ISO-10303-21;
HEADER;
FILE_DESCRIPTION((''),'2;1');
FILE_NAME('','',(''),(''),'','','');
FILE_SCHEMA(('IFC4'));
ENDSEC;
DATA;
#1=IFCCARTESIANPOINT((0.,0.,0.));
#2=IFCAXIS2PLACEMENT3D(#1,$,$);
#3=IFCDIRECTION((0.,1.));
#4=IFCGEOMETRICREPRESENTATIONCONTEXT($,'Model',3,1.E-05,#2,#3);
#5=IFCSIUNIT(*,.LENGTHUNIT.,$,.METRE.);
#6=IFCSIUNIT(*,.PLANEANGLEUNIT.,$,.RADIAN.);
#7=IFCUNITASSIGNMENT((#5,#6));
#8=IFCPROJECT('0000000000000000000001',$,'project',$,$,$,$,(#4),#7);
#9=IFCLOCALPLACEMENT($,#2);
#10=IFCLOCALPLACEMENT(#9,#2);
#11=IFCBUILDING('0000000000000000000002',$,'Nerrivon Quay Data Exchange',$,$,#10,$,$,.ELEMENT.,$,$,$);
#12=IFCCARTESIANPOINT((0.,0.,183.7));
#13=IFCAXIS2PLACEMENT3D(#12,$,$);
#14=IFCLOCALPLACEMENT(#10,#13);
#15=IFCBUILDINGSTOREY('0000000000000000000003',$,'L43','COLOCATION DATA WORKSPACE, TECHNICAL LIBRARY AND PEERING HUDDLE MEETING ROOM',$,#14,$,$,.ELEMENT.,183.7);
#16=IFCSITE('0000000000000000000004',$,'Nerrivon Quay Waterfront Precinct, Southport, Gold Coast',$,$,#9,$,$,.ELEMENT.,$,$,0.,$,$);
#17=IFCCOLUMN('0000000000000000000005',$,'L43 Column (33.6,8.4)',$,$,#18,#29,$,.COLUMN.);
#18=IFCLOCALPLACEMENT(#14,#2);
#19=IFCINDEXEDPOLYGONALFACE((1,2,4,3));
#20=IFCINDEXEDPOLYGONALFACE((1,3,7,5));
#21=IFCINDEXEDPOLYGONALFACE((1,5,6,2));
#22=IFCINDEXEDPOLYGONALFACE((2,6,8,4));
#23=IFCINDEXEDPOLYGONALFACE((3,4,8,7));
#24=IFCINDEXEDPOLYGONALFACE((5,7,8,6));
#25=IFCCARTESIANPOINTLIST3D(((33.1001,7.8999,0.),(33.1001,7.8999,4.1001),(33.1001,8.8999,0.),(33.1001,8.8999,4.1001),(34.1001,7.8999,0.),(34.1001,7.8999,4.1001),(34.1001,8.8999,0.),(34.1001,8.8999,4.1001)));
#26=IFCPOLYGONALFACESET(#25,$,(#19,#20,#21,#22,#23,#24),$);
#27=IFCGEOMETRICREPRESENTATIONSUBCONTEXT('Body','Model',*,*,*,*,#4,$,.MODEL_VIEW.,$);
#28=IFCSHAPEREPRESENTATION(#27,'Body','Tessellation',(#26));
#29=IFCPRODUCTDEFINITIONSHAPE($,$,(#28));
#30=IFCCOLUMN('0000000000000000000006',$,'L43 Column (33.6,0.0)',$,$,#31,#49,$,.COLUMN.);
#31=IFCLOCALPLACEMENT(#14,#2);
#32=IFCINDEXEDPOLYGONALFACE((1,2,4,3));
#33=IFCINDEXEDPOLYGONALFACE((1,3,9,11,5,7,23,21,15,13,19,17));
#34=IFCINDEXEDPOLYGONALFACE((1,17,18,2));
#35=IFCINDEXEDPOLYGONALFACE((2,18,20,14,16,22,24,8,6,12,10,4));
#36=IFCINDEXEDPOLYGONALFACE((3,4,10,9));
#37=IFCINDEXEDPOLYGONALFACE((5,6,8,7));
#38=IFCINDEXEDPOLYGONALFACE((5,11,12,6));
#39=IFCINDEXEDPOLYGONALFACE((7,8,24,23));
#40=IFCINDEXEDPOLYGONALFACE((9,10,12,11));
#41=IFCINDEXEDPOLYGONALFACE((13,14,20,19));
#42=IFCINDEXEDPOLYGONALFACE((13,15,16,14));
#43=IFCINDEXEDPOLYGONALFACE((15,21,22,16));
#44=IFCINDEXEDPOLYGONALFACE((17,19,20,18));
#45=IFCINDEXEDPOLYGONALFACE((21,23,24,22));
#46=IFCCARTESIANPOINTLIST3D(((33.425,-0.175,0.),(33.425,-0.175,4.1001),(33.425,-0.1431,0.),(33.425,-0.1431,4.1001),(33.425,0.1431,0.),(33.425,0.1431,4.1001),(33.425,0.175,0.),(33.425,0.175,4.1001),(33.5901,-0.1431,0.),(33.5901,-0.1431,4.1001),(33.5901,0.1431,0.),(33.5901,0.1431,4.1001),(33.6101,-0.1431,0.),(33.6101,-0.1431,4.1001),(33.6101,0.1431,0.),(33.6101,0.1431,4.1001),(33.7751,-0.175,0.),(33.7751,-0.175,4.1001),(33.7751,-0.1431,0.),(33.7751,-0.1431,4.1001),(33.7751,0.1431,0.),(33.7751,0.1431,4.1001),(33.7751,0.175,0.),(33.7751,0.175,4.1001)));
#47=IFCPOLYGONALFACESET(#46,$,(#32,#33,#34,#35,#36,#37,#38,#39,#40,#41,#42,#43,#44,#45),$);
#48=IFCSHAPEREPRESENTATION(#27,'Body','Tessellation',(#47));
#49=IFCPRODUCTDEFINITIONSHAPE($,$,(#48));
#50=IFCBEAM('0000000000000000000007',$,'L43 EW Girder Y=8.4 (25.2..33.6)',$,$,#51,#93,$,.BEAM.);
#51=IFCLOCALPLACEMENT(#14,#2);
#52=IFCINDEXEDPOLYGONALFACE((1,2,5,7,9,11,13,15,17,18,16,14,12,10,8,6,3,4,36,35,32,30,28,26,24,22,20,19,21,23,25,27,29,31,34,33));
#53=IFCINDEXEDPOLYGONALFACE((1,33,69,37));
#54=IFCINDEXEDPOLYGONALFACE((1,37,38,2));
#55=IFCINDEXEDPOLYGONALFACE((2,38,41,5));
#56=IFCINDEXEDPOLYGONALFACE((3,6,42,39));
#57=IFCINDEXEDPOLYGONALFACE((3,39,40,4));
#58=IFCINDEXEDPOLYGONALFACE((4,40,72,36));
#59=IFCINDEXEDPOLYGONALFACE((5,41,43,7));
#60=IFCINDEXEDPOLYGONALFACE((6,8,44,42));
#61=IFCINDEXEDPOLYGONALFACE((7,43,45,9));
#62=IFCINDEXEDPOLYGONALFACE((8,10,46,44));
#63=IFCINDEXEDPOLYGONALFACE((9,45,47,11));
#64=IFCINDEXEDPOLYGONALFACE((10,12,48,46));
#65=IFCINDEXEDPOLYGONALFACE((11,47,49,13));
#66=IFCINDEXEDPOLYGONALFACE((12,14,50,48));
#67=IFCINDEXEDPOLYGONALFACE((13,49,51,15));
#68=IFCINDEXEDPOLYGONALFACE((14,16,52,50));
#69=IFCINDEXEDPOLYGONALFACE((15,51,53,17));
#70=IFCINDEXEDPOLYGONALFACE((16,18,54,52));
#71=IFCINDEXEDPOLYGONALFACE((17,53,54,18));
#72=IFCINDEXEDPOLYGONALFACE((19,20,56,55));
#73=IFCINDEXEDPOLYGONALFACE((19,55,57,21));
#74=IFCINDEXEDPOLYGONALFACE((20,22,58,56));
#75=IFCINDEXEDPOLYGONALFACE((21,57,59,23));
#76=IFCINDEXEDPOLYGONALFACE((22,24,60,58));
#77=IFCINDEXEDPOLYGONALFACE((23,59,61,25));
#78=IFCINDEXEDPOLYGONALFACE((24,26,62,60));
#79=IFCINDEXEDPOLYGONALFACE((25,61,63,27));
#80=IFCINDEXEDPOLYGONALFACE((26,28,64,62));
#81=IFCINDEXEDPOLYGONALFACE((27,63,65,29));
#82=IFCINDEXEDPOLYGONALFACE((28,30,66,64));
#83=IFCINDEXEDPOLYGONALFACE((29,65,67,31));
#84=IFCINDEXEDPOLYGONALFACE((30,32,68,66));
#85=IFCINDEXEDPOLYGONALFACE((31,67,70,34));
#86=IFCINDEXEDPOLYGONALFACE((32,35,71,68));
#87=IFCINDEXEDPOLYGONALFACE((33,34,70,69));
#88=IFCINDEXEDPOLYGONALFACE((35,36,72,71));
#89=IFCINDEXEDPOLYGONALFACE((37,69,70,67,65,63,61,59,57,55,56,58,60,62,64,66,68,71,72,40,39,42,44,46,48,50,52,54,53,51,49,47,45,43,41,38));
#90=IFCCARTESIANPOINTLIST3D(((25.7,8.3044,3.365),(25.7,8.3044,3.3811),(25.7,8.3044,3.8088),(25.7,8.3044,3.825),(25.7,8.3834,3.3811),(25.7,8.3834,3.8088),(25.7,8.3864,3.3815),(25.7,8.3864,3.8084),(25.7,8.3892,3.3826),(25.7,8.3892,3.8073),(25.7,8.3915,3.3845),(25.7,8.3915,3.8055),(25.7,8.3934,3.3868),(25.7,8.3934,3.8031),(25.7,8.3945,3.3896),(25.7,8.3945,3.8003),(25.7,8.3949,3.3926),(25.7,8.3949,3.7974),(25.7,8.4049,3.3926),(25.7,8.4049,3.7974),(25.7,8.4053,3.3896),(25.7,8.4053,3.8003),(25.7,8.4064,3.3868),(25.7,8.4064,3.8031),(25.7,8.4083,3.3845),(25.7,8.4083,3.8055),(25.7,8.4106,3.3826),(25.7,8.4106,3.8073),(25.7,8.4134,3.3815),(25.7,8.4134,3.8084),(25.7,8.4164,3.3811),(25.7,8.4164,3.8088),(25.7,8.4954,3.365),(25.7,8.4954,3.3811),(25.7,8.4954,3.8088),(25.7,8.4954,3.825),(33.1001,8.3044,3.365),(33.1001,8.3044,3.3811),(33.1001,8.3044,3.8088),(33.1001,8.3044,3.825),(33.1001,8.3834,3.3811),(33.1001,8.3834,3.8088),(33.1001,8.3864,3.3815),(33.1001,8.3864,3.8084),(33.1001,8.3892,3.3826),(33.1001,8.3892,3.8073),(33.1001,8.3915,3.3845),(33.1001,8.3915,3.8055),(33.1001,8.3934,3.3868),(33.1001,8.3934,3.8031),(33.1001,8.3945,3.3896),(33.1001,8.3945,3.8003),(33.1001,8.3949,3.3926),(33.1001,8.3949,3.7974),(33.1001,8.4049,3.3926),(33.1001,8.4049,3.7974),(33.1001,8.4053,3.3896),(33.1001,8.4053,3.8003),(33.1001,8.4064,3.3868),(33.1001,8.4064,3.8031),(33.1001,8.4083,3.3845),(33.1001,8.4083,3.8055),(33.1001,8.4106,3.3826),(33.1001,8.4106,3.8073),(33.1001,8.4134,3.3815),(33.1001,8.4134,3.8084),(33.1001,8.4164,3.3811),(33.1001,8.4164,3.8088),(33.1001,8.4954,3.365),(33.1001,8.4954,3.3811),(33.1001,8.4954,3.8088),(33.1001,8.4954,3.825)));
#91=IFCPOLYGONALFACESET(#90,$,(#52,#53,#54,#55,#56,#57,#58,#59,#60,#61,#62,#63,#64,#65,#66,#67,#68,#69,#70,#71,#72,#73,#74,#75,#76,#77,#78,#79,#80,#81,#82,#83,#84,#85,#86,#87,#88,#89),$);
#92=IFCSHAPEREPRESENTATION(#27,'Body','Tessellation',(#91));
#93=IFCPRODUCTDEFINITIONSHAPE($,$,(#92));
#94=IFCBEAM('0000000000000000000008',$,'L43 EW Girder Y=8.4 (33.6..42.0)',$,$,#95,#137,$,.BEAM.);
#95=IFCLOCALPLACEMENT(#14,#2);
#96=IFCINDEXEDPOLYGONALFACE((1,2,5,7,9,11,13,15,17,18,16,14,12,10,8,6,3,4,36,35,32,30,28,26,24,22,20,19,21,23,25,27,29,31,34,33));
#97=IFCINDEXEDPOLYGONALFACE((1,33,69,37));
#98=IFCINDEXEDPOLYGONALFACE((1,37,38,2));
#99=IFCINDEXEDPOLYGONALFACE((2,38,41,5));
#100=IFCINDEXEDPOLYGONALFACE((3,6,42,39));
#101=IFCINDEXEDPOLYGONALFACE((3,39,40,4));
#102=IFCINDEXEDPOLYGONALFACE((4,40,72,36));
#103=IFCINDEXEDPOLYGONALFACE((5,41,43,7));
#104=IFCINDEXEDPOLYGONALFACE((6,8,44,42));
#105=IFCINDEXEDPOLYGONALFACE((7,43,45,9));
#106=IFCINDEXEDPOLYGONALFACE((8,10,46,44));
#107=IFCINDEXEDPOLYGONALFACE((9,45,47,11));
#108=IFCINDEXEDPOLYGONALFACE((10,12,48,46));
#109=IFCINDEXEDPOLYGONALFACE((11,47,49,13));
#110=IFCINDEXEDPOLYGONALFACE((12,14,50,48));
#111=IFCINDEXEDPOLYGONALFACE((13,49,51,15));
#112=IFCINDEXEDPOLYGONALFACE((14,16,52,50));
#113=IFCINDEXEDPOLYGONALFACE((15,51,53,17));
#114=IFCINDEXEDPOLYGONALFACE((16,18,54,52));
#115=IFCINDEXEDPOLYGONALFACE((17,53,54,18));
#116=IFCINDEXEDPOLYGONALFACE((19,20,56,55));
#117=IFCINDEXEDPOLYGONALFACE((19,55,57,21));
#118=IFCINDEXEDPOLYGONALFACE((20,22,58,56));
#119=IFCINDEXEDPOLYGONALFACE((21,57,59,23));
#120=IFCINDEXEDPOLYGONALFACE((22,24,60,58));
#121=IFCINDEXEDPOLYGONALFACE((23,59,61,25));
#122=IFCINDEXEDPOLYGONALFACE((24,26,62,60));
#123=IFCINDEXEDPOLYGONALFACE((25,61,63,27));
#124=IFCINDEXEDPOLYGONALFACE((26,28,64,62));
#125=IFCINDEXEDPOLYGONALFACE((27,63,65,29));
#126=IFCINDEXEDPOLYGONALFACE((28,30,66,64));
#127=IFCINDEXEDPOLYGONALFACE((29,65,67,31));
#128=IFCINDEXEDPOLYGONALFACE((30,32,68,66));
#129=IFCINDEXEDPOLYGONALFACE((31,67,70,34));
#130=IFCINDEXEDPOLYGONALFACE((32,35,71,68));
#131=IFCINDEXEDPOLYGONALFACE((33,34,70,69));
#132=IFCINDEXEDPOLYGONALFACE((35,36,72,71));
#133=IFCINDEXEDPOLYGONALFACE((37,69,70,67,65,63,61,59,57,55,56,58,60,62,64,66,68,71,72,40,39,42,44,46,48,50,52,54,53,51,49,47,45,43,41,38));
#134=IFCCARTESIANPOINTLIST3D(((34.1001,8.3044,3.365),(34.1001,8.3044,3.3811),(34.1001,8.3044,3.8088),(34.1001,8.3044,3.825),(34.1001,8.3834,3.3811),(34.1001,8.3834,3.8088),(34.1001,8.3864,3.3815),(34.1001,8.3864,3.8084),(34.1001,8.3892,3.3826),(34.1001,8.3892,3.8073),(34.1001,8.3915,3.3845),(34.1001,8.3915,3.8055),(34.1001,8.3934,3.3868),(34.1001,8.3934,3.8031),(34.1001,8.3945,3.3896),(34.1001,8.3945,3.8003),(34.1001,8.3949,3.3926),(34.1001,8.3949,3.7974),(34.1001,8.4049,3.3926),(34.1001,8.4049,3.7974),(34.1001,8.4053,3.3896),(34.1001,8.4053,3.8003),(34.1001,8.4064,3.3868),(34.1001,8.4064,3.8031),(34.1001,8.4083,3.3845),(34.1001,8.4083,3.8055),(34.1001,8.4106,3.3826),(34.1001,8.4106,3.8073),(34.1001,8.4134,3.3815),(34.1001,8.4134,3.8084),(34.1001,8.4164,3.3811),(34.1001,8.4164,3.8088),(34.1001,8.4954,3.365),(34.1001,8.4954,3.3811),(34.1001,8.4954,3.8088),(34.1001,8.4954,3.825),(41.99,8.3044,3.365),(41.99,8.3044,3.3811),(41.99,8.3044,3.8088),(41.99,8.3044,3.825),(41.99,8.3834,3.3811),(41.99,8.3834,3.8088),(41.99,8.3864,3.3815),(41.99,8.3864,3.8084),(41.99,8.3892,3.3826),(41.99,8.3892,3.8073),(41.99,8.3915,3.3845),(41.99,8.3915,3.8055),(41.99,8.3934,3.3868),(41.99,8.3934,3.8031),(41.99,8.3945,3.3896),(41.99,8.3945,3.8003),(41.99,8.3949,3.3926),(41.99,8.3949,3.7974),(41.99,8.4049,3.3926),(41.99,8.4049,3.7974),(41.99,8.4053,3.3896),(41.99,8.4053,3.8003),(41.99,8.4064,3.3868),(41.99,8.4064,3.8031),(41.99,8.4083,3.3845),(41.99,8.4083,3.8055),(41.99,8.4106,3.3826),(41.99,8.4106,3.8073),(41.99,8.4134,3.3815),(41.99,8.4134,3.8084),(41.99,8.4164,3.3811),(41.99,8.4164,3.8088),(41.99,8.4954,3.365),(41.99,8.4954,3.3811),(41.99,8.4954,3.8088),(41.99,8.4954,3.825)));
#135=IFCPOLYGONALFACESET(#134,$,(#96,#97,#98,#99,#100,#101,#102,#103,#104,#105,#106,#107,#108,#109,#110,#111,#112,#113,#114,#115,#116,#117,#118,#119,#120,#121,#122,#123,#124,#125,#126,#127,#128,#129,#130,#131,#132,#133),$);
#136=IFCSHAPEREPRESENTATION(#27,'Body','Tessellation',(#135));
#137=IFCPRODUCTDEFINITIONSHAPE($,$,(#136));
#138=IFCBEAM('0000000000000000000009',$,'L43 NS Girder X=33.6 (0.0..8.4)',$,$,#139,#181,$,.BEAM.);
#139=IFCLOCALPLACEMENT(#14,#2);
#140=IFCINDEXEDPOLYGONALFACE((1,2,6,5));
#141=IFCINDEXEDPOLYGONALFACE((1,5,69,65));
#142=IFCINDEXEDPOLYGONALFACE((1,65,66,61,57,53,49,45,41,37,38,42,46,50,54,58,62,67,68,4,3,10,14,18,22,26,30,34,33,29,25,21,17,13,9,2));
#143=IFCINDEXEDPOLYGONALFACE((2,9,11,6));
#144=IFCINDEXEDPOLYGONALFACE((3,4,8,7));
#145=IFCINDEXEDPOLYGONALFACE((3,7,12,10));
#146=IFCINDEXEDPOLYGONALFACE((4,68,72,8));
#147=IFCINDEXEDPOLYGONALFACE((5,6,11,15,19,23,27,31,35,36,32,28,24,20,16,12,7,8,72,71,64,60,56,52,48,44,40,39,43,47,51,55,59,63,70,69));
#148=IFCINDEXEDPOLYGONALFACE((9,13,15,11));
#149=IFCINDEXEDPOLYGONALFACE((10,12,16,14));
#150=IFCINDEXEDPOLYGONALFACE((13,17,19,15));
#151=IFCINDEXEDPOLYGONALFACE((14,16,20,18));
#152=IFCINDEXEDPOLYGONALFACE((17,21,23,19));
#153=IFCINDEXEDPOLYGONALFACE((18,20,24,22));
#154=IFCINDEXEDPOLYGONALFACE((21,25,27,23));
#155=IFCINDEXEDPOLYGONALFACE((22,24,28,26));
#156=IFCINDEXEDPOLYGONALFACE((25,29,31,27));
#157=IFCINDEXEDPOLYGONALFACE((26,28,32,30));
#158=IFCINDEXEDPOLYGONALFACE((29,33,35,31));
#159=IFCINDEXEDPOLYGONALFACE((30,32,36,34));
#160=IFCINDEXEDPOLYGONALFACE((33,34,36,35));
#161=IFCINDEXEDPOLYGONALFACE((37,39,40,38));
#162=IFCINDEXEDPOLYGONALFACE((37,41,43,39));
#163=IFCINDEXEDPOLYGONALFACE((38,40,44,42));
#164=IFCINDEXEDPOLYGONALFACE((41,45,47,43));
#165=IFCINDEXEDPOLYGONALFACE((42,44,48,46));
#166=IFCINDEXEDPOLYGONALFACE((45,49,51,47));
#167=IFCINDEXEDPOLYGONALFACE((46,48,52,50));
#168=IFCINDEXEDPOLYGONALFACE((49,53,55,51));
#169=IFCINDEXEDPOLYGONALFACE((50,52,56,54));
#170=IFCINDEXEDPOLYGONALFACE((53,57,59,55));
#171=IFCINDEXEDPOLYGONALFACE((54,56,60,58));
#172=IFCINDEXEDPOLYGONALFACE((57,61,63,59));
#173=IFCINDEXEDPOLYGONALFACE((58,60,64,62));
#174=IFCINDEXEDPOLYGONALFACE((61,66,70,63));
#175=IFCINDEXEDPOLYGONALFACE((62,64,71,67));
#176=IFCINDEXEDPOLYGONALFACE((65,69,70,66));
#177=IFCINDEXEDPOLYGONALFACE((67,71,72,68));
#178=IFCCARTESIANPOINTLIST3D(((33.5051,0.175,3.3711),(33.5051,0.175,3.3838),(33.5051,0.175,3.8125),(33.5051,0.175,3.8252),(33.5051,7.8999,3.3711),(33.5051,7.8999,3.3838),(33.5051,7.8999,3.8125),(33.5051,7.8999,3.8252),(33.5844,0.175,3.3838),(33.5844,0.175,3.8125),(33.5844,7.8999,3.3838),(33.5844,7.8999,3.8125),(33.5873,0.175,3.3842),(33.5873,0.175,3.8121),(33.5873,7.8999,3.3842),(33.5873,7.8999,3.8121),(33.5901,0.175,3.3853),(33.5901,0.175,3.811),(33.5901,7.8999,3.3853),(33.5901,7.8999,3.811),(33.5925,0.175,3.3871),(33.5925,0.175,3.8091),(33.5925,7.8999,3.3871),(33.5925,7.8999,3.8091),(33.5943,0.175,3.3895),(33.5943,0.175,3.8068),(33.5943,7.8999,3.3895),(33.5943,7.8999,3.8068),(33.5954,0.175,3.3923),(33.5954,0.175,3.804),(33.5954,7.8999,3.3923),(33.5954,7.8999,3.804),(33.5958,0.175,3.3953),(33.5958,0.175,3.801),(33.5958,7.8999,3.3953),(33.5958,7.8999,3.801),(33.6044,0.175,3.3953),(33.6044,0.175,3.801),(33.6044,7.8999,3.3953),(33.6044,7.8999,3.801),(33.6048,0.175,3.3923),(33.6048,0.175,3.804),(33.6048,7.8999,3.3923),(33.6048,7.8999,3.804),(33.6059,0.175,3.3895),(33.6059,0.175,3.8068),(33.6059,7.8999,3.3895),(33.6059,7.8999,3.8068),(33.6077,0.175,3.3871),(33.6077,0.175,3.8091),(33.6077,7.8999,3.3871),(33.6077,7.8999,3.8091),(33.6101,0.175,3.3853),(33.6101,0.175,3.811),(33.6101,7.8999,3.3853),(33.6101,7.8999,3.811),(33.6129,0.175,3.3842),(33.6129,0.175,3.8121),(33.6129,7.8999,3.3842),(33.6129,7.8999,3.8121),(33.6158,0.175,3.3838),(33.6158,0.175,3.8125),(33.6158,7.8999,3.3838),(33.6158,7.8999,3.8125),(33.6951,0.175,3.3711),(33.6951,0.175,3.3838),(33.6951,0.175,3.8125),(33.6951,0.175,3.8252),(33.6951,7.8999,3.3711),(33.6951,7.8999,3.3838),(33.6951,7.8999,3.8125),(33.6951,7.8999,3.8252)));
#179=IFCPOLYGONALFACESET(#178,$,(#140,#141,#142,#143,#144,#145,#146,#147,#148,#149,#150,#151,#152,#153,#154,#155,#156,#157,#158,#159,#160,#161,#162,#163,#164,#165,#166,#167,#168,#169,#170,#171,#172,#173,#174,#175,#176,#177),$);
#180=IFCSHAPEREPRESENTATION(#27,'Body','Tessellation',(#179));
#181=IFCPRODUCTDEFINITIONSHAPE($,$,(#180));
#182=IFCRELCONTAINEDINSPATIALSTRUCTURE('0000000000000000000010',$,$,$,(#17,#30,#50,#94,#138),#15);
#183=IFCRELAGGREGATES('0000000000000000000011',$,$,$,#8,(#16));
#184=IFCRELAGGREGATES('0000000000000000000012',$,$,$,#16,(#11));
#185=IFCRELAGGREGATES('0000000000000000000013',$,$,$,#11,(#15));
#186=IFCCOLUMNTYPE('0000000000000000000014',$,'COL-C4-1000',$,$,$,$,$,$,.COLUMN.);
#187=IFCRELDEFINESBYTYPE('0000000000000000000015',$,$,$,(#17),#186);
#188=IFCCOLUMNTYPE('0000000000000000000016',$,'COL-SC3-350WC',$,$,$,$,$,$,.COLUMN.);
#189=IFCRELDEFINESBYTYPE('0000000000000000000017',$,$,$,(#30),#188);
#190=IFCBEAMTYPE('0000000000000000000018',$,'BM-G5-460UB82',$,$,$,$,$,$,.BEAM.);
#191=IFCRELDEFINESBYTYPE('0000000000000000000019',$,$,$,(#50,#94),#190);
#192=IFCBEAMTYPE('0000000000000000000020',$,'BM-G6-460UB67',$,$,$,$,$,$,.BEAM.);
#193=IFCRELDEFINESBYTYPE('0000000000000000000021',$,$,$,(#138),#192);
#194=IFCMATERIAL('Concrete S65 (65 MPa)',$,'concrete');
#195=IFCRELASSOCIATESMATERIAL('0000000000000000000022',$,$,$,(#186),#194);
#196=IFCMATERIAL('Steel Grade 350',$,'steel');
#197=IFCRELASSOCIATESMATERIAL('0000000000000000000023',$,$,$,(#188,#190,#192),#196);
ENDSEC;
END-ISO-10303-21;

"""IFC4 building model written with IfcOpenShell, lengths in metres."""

from ifc_helpers import new_model, si_unit, direction, frame, origin, origin_2d, place, context, subcontext, project, spatial, rectangle, i_section, extrude, material, material_profile, profile_set, type_object, element, save


model = new_model("IFC4")

# Units and contexts
model_context = context("Model", 3, precision=1e-05, world=origin(), true_north=direction((0.0, 1.0)))
body_context = subcontext(model_context, "Body", "Model", "MODEL_VIEW")
ifc_project = project(units=[si_unit("LENGTHUNIT", "METRE"), si_unit("PLANEANGLEUNIT", "RADIAN")], contexts=[model_context])

# Site, building, storey
site_placement = place(None, origin())
site = spatial("IfcSite", under=ifc_project, at=site_placement, Name="Nerrivon Quay Waterfront Precinct, Southport, Gold Coast", CompositionType="ELEMENT", RefElevation=0.0)
building_placement = place(site_placement, origin())
building = spatial("IfcBuilding", under=site, at=building_placement, Name="Nerrivon Quay Data Exchange", CompositionType="ELEMENT")
storey_placement = place(building_placement, frame((0.0, 0.0, 183.7)))
storey = spatial("IfcBuildingStorey", under=building, at=storey_placement, Name="L43", Description="COLOCATION DATA WORKSPACE, TECHNICAL LIBRARY AND PEERING HUDDLE MEETING ROOM", CompositionType="ELEMENT", Elevation=183.7)

# Columns
ifc_material_1 = material(Name="Concrete S65 (65 MPa)", Category="concrete")
ifc_material_profile_1 = material_profile(ifc_material_1, rectangle(XDim=1.0, YDim=1.0, at=origin_2d()), Name="RC-COL-1000x1000")
ifc_profile_set_1 = profile_set([ifc_material_profile_1], Name="Concrete S65 (65 MPa)")
column_type_1 = type_object("IfcColumnType", Name="COL-C4-1000", PredefinedType="COLUMN", material=ifc_profile_set_1)
column_1_placement = place(storey_placement, frame((33.6001, 8.3999, 0.0), z_axis=(0.0, 0.0, 1.0), x_axis=(1.0, 0.0, 0.0)))
element("IfcColumn", 1, at=column_1_placement, inside=storey, type_object=column_type_1, Name="L43 Column (33.6,8.4)", PredefinedType="COLUMN", context=body_context, shape_type="SweptSolid", body=[
    extrude(rectangle(XDim=1.0, YDim=1.0, at=origin_2d()), origin(), (0.0, 0.0, 1.0), 4.1001),
])
ifc_material_2 = material(Name="Steel Grade 350", Category="steel")
ifc_material_profile_2 = material_profile(ifc_material_2, i_section(OverallWidth=0.3501, OverallDepth=0.3501, WebThickness=0.02, FlangeThickness=0.032, at=origin_2d()), Name="350WC230")
ifc_profile_set_2 = profile_set([ifc_material_profile_2], Name="Steel Grade 350")
column_type_2 = type_object("IfcColumnType", Name="COL-SC3-350WC", PredefinedType="COLUMN", material=ifc_profile_set_2)
column_2_placement = place(storey_placement, frame((33.6001, 0.0, 0.0), z_axis=(0.0, 0.0, 1.0), x_axis=(1.0, 0.0, 0.0)))
element("IfcColumn", 2, at=column_2_placement, inside=storey, type_object=column_type_2, Name="L43 Column (33.6,0.0)", PredefinedType="COLUMN", context=body_context, shape_type="SweptSolid", body=[
    extrude(i_section(OverallWidth=0.3501, OverallDepth=0.3501, WebThickness=0.02, FlangeThickness=0.032, at=origin_2d()), origin(), (0.0, 0.0, 1.0), 4.1001),
])

# Beams
ifc_material_profile_3 = material_profile(ifc_material_2, i_section(OverallWidth=0.1909, OverallDepth=0.46, WebThickness=0.01, FlangeThickness=0.0161, FilletRadius=0.0115, at=origin_2d()), Name="460UB82.1")
ifc_profile_set_3 = profile_set([ifc_material_profile_3], Name="Steel Grade 350")
beam_type_1 = type_object("IfcBeamType", Name="BM-G5-460UB82", PredefinedType="BEAM", material=ifc_profile_set_3)
beam_1_placement = place(storey_placement, frame((25.7, 8.3999, 3.595), z_axis=(1.0, 0.0, 0.0), x_axis=(0.0, 1.0, 0.0)))
element("IfcBeam", 3, at=beam_1_placement, inside=storey, type_object=beam_type_1, Name="L43 EW Girder Y=8.4 (25.2..33.6)", PredefinedType="BEAM", context=body_context, shape_type="SweptSolid", body=[
    extrude(i_section(OverallWidth=0.1909, OverallDepth=0.46, WebThickness=0.01, FlangeThickness=0.0161, FilletRadius=0.0115, at=origin_2d()), origin(), (0.0, 0.0, 1.0), 7.4001),
])
beam_2_placement = place(storey_placement, frame((34.1001, 8.3999, 3.595), z_axis=(1.0, 0.0, 0.0), x_axis=(0.0, 1.0, 0.0)))
element("IfcBeam", 4, at=beam_2_placement, inside=storey, type_object=beam_type_1, Name="L43 EW Girder Y=8.4 (33.6..42.0)", PredefinedType="BEAM", context=body_context, shape_type="SweptSolid", body=[
    extrude(i_section(OverallWidth=0.1909, OverallDepth=0.46, WebThickness=0.01, FlangeThickness=0.0161, FilletRadius=0.0115, at=origin_2d()), origin(), (0.0, 0.0, 1.0), 7.8899),
])
ifc_material_profile_4 = material_profile(ifc_material_2, i_section(OverallWidth=0.1899, OverallDepth=0.4541, WebThickness=0.0085, FlangeThickness=0.0127, FilletRadius=0.0115, at=origin_2d()), Name="460UB67.1")
ifc_profile_set_4 = profile_set([ifc_material_profile_4], Name="Steel Grade 350")
beam_type_2 = type_object("IfcBeamType", Name="BM-G6-460UB67", PredefinedType="BEAM", material=ifc_profile_set_4)
beam_3_placement = place(storey_placement, frame((33.6001, 0.175, 3.5981), z_axis=(0.0, 1.0, 0.0), x_axis=(-1.0, 0.0, 0.0)))
element("IfcBeam", 5, at=beam_3_placement, inside=storey, type_object=beam_type_2, Name="L43 NS Girder X=33.6 (0.0..8.4)", PredefinedType="BEAM", context=body_context, shape_type="SweptSolid", body=[
    extrude(i_section(OverallWidth=0.1899, OverallDepth=0.4541, WebThickness=0.0085, FlangeThickness=0.0127, FilletRadius=0.0115, at=origin_2d()), origin(), (0.0, 0.0, 1.0), 7.7249),
])

save(model, "model.ifc")
